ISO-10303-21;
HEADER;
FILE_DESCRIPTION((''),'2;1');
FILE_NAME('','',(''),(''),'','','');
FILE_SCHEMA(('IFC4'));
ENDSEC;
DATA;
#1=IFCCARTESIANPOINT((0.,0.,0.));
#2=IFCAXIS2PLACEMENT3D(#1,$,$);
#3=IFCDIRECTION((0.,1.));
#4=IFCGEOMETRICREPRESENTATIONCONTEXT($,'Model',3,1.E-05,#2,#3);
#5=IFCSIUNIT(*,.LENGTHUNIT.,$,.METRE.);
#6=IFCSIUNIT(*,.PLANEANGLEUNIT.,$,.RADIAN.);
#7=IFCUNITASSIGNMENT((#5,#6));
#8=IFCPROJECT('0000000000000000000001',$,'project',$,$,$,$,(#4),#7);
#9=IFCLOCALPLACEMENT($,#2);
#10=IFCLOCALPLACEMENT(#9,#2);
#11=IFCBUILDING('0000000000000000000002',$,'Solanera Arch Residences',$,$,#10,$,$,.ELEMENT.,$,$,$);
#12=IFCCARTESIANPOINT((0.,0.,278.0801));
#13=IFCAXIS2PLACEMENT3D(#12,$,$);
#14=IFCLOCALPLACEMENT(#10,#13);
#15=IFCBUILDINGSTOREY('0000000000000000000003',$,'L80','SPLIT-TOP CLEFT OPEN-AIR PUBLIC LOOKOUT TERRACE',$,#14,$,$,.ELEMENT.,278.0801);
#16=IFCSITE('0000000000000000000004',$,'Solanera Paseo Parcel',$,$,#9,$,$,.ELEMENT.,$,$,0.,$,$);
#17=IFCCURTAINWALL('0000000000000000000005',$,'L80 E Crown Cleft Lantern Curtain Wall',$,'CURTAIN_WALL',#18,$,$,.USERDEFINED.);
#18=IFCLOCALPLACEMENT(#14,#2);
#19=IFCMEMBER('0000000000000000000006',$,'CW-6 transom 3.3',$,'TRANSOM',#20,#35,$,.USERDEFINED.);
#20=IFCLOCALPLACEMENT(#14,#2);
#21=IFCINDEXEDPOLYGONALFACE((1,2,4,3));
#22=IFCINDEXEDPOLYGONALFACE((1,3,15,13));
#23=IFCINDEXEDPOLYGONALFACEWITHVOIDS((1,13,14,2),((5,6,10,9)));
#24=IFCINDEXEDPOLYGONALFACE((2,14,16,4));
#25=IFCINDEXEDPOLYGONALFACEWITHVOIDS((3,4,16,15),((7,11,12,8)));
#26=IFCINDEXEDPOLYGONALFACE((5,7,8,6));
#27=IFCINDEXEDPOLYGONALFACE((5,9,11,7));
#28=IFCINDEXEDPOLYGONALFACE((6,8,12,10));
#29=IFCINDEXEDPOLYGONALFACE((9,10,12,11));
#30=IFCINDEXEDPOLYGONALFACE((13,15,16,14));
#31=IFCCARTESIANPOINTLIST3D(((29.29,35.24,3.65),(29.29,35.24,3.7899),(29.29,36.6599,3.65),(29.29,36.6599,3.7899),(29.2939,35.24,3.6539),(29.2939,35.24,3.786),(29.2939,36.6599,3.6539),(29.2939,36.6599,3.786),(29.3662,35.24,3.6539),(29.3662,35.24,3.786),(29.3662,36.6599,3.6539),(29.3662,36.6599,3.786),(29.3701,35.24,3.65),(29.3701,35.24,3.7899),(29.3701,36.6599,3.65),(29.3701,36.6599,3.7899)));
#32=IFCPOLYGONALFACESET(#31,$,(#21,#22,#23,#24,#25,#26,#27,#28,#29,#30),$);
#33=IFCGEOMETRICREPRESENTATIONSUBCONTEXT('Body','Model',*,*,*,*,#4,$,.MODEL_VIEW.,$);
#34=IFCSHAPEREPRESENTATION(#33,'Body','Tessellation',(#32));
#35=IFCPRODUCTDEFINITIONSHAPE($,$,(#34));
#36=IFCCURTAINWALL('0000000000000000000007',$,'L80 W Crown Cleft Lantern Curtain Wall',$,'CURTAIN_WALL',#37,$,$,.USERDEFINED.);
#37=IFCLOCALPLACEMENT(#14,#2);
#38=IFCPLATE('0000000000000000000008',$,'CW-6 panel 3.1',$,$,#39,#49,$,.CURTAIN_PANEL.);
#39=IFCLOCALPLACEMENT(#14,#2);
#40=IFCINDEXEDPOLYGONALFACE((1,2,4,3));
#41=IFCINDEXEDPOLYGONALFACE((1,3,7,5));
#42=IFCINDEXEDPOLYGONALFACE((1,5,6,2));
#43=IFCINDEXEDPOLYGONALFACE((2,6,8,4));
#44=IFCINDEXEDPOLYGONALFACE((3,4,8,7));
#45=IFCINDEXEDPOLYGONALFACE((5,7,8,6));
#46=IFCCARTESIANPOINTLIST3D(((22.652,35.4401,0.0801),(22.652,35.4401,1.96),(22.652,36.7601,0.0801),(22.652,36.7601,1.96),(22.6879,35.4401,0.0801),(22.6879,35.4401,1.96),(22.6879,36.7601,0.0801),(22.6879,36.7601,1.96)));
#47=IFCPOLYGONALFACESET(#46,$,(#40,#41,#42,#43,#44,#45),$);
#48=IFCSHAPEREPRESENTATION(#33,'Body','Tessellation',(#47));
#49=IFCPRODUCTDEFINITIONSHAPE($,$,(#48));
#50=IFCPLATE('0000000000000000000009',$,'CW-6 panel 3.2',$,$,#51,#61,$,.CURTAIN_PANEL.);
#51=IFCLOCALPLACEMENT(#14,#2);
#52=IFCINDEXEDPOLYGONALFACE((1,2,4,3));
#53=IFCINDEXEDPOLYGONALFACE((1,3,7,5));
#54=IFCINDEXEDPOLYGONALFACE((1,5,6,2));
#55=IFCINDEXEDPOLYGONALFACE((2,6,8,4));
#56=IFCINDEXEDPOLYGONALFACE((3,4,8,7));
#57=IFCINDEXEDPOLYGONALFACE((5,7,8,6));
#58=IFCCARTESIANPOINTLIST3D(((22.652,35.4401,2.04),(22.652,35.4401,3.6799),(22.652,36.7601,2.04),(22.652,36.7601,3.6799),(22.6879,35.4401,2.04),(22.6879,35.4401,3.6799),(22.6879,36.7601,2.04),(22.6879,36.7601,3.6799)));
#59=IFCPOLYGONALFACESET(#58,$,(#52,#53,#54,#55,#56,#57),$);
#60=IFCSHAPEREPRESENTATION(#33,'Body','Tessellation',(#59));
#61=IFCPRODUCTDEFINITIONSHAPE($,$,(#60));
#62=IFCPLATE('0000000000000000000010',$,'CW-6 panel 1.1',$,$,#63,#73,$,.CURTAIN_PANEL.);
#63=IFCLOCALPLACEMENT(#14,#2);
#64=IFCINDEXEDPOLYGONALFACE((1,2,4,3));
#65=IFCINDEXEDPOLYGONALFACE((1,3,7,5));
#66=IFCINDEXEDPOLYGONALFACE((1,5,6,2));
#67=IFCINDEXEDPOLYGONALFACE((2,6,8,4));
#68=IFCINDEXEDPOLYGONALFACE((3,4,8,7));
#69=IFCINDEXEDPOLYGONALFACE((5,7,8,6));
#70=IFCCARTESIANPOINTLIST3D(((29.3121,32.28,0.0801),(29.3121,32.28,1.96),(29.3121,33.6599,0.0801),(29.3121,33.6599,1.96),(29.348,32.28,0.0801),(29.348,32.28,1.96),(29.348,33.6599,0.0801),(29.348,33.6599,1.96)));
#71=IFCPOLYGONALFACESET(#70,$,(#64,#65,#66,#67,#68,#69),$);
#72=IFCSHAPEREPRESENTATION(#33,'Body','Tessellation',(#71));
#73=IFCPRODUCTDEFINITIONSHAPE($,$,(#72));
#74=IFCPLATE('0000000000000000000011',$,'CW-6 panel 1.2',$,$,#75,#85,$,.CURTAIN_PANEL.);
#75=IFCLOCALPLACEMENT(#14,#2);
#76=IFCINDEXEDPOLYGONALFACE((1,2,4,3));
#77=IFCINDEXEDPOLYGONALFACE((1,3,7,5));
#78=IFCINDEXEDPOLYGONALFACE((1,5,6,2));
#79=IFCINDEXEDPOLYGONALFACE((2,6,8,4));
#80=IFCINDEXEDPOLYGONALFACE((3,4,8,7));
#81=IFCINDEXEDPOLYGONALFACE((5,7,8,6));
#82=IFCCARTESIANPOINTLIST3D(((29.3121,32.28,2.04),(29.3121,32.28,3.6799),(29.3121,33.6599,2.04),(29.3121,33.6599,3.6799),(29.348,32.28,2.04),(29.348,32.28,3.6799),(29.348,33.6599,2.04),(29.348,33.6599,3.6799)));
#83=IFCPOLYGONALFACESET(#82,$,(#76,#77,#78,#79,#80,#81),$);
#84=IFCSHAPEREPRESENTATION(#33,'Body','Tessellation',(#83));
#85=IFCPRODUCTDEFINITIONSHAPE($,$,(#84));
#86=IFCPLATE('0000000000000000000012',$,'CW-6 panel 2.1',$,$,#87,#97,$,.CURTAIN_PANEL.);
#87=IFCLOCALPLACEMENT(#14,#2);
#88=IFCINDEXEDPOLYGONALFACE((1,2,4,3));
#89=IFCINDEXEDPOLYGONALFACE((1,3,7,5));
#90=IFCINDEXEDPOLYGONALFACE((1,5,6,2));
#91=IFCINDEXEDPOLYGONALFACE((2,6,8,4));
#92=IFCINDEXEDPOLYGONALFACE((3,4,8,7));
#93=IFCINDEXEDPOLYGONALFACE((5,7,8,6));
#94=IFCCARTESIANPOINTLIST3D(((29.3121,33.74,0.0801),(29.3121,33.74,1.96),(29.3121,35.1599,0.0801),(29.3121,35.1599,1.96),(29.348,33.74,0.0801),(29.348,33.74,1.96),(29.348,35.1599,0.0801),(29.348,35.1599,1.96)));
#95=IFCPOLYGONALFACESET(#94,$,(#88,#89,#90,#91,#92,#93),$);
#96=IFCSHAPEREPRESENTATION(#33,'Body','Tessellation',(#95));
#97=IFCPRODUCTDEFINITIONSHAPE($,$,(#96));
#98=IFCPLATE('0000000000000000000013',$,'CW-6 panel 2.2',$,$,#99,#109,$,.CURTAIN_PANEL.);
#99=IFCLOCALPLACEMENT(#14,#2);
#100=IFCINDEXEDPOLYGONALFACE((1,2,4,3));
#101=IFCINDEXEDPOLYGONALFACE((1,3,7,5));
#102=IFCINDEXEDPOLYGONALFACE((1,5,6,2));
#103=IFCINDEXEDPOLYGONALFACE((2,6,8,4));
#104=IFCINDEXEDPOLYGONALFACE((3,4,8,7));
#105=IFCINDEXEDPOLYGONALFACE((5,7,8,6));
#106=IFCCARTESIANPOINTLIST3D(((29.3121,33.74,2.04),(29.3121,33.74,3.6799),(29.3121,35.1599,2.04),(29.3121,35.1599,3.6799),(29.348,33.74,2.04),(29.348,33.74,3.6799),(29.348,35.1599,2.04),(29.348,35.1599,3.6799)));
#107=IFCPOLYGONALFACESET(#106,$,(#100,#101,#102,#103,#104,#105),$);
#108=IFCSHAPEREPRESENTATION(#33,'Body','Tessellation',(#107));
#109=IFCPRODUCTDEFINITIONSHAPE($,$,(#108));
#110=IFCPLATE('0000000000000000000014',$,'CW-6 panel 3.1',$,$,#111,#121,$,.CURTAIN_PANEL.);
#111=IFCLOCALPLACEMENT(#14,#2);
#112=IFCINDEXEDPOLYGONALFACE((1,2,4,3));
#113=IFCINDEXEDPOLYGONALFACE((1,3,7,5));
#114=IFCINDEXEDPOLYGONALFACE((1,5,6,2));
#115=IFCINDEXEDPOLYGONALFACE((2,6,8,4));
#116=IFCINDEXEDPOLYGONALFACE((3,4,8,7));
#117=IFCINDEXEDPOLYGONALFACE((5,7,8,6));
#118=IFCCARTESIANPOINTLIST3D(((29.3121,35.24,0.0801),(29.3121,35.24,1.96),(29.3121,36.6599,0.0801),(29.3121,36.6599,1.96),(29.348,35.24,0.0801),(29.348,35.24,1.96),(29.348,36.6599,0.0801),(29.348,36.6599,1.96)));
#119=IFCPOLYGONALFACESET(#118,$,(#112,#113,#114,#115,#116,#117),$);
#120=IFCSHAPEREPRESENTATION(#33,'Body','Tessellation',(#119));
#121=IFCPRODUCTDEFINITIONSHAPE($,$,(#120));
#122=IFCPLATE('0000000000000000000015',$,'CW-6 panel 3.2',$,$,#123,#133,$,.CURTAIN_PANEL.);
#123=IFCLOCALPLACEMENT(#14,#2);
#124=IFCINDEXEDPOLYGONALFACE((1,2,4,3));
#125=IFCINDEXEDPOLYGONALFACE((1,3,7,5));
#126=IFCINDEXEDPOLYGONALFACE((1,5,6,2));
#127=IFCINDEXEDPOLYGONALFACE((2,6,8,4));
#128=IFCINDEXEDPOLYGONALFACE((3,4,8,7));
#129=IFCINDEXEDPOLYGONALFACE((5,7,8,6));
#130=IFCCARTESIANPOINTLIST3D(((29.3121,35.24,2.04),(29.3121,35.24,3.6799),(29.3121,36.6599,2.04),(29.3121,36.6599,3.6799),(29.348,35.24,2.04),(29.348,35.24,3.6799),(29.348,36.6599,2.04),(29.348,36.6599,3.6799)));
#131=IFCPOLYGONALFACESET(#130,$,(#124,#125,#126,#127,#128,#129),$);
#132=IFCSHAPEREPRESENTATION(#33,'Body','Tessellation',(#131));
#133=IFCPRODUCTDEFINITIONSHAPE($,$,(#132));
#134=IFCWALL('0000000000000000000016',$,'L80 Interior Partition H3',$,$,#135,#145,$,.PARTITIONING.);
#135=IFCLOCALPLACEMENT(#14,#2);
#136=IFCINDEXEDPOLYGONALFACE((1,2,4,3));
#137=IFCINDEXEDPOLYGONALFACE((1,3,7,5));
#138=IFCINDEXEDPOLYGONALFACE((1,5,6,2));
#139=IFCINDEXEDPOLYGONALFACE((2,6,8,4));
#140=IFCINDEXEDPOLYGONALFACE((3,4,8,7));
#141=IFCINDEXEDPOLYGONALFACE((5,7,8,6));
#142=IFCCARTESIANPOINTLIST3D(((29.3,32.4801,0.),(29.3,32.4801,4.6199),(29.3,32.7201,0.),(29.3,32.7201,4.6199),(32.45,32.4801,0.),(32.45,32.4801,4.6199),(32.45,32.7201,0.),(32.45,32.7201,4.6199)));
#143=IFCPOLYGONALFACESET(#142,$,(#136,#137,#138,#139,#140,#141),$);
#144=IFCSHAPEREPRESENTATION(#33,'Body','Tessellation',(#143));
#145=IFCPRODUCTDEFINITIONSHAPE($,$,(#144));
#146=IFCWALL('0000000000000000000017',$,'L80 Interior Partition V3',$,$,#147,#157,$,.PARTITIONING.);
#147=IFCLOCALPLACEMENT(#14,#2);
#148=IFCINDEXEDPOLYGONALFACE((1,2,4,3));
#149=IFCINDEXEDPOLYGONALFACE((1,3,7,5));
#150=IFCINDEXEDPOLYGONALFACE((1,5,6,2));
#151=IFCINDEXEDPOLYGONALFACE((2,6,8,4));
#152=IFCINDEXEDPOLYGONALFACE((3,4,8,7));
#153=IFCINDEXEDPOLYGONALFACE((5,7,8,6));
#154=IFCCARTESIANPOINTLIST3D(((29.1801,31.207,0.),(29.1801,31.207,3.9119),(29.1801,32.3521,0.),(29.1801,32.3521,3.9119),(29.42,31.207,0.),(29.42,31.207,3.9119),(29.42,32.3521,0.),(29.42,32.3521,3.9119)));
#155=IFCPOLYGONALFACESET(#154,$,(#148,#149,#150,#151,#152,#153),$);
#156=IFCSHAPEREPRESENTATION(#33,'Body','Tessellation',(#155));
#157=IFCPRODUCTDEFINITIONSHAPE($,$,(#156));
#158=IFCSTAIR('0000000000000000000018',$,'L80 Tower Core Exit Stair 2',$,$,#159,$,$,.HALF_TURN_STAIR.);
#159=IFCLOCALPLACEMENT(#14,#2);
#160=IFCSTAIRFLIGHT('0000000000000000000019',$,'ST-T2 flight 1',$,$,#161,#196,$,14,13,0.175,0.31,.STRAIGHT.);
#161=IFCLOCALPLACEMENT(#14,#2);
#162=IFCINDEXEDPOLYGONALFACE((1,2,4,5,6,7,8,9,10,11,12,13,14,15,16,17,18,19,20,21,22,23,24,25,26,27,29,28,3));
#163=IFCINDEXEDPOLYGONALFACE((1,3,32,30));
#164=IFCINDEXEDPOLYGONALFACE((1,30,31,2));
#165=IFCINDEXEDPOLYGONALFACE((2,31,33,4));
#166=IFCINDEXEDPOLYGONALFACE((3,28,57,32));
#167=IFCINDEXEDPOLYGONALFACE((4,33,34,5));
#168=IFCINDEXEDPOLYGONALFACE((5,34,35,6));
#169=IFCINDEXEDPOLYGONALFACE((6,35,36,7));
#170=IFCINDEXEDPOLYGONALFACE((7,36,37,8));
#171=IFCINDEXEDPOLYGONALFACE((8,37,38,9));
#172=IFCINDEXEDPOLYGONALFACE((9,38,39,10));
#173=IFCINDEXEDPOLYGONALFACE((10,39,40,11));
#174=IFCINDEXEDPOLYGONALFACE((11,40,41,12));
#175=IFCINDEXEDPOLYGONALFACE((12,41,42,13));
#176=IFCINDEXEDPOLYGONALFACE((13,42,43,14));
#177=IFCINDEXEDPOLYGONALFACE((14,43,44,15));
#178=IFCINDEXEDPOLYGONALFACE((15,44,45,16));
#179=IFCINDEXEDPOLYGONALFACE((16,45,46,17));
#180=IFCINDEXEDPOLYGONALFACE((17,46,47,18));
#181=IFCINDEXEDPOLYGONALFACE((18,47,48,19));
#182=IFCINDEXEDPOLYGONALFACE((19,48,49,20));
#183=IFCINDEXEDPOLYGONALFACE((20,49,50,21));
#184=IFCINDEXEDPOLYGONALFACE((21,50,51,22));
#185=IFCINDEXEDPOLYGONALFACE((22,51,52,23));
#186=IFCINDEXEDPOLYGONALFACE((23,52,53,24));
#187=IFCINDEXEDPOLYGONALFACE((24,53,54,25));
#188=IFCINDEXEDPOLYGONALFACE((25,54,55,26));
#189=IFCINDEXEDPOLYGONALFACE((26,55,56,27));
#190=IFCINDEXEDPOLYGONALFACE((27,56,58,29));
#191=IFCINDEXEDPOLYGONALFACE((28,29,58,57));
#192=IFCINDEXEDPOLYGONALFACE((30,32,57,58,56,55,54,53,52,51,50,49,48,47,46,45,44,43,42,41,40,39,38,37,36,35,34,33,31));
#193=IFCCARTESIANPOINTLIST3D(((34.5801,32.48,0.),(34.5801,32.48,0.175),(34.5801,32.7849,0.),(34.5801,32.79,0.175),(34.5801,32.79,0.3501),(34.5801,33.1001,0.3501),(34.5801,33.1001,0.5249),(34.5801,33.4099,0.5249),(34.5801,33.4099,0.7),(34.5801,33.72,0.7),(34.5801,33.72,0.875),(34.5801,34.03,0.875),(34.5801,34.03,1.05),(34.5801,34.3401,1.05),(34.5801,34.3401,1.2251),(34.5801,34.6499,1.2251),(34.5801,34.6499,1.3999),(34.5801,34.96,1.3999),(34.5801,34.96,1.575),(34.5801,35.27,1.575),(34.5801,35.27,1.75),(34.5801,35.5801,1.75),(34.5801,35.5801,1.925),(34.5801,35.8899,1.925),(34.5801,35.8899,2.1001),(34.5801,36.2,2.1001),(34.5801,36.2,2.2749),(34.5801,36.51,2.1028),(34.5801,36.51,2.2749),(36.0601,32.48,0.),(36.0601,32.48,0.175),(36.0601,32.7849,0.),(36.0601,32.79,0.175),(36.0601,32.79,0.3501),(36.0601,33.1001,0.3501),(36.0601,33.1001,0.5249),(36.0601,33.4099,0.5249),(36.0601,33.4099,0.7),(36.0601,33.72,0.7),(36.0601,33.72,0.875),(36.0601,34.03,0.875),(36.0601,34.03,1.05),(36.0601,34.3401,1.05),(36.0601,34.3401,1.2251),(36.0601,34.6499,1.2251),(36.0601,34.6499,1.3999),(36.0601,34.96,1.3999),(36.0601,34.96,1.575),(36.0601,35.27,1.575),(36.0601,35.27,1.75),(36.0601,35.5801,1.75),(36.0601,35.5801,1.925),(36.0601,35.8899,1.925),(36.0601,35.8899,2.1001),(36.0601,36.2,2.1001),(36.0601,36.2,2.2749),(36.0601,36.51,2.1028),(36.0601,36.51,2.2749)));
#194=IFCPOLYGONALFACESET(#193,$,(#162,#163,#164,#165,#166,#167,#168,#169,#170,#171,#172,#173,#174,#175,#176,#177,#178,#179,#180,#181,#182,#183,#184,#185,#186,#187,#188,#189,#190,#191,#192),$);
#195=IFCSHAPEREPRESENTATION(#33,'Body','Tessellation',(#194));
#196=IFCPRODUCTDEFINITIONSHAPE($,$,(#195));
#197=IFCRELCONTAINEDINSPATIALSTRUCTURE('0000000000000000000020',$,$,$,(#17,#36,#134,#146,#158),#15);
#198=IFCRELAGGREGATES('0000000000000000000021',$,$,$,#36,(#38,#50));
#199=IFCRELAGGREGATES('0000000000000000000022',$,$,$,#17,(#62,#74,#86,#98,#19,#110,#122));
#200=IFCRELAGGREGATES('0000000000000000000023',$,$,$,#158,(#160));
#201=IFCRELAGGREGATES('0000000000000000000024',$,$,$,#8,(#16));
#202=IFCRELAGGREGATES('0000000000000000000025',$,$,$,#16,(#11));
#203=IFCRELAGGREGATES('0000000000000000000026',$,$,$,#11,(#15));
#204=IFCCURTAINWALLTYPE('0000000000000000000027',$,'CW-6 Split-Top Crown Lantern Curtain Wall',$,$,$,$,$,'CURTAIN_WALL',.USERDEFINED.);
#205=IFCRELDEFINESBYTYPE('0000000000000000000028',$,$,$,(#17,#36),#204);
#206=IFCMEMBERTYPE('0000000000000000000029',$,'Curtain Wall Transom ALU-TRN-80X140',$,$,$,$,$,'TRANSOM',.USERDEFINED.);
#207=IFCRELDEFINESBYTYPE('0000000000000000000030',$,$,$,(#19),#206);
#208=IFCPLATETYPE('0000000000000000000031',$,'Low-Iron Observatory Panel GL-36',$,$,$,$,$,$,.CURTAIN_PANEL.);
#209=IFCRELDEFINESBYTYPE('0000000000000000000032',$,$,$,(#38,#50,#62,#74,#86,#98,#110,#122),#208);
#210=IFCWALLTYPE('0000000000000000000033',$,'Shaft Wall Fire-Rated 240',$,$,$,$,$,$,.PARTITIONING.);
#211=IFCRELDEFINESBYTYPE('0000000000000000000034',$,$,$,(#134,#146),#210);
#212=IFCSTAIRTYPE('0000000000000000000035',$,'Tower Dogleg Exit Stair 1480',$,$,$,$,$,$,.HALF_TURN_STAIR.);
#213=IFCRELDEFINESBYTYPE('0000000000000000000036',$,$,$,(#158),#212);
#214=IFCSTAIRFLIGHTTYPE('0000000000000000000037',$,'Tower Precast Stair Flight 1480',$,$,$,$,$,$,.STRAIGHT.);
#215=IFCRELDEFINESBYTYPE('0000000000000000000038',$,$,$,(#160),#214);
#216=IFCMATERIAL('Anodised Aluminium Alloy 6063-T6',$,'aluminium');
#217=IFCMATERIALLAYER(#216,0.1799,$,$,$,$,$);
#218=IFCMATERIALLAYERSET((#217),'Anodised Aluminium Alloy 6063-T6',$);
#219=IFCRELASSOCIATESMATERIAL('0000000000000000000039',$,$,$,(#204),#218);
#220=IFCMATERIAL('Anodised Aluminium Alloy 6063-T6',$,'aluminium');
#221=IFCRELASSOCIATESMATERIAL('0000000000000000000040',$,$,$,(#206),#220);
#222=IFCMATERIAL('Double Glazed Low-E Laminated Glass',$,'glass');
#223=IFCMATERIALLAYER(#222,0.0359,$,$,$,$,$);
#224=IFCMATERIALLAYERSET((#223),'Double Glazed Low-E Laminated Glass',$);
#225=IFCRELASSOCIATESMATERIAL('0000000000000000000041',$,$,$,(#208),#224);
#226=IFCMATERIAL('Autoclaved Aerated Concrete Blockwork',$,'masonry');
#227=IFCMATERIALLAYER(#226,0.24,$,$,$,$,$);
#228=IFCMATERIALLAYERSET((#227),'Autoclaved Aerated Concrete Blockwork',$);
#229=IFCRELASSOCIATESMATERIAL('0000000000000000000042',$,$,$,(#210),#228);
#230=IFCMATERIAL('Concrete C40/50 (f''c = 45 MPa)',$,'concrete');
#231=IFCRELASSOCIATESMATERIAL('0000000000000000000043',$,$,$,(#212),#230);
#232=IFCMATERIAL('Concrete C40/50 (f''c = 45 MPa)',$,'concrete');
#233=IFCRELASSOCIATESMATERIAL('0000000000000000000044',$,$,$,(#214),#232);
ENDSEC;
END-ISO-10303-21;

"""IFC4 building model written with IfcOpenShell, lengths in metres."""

from ifc_helpers import new_model, si_unit, direction, frame, frame_2d, origin, origin_2d, place, context, subcontext, project, spatial, polyline, rectangle, hollow_rectangle, outline, extrude, material, layer, layer_set, material_profile, profile_set, type_object, element, aggregate, save


model = new_model("IFC4")

# Units and contexts
model_context = context("Model", 3, precision=1e-05, world=origin(), true_north=direction((0.0, 1.0)))
body_context = subcontext(model_context, "Body", "Model", "MODEL_VIEW")
ifc_project = project(units=[si_unit("LENGTHUNIT", "METRE"), si_unit("PLANEANGLEUNIT", "RADIAN")], contexts=[model_context])

# Site, building, storey
site_placement = place(None, origin())
site = spatial("IfcSite", under=ifc_project, at=site_placement, Name="Solanera Paseo Parcel", CompositionType="ELEMENT", RefElevation=0.0)
building_placement = place(site_placement, origin())
building = spatial("IfcBuilding", under=site, at=building_placement, Name="Solanera Arch Residences", CompositionType="ELEMENT")
storey_placement = place(building_placement, frame((0.0, 0.0, 278.0801)))
storey = spatial("IfcBuildingStorey", under=building, at=storey_placement, Name="L80", Description="SPLIT-TOP CLEFT OPEN-AIR PUBLIC LOOKOUT TERRACE", CompositionType="ELEMENT", Elevation=278.0801)

# Curtain wall, member
ifc_material_1 = material(Name="Anodised Aluminium Alloy 6063-T6", Category="aluminium")
ifc_layer_1 = layer(ifc_material_1, 0.1799)
ifc_layer_set_1 = layer_set([ifc_layer_1], Name="Anodised Aluminium Alloy 6063-T6")
curtain_wall_type = type_object("IfcCurtainWallType", Name="CW-6 Split-Top Crown Lantern Curtain Wall", ElementType="CURTAIN_WALL", PredefinedType="USERDEFINED", material=ifc_layer_set_1)
curtain_wall_1_placement = place(storey_placement, origin())
curtain_wall_1 = element("IfcCurtainWall", 1, at=curtain_wall_1_placement, inside=storey, type_object=curtain_wall_type, Name="L80 E Crown Cleft Lantern Curtain Wall", ObjectType="CURTAIN_WALL", PredefinedType="USERDEFINED")
ifc_material_2 = material(Name="Anodised Aluminium Alloy 6063-T6", Category="aluminium")
ifc_material_profile_1 = material_profile(ifc_material_2, hollow_rectangle(XDim=0.0801, YDim=0.1399, WallThickness=0.0039, at=origin_2d()))
ifc_profile_set_1 = profile_set([ifc_material_profile_1], Name="Anodised Aluminium Alloy 6063-T6")
member_type_1 = type_object("IfcMemberType", Name="Curtain Wall Transom ALU-TRN-80X140", ElementType="TRANSOM", PredefinedType="USERDEFINED", material=ifc_profile_set_1)
member_1_placement = place(storey_placement, frame((29.3301, 35.24, 3.72), z_axis=(0.0, 1.0, 0.0), x_axis=(-1.0, 0.0, 0.0)))
member_1 = element("IfcMember", 2, at=member_1_placement, type_object=member_type_1, Name="CW-6 transom 3.3", ObjectType="TRANSOM", PredefinedType="USERDEFINED", context=body_context, shape_type="SweptSolid", body=[
    extrude(hollow_rectangle(XDim=0.0801, YDim=0.1399, WallThickness=0.0039, at=origin_2d()), origin(), (0.0, 0.0, 1.0), 1.4199),
])

# Curtain wall, plates
curtain_wall_2_placement = place(storey_placement, origin())
curtain_wall_2 = element("IfcCurtainWall", 3, at=curtain_wall_2_placement, inside=storey, type_object=curtain_wall_type, Name="L80 W Crown Cleft Lantern Curtain Wall", ObjectType="CURTAIN_WALL", PredefinedType="USERDEFINED")
ifc_material_3 = material(Name="Double Glazed Low-E Laminated Glass", Category="glass")
ifc_layer_2 = layer(ifc_material_3, 0.0359)
ifc_layer_set_2 = layer_set([ifc_layer_2], Name="Double Glazed Low-E Laminated Glass")
plate_type = type_object("IfcPlateType", Name="Low-Iron Observatory Panel GL-36", PredefinedType="CURTAIN_PANEL", material=ifc_layer_set_2)
plate_1_placement = place(storey_placement, frame((22.6699, 36.1001, 0.0801), z_axis=(0.0, 0.0, 1.0), x_axis=(0.0, 1.0, 0.0)))
plate_1 = element("IfcPlate", 4, at=plate_1_placement, type_object=plate_type, Name="CW-6 panel 3.1", PredefinedType="CURTAIN_PANEL", context=body_context, shape_type="SweptSolid", body=[
    extrude(rectangle(XDim=1.3201, YDim=0.0359, at=origin_2d()), origin(), (0.0, 0.0, 1.0), 1.8799),
])
plate_2_placement = place(storey_placement, frame((22.6699, 36.1001, 2.04), z_axis=(0.0, 0.0, 1.0), x_axis=(0.0, 1.0, 0.0)))
plate_2 = element("IfcPlate", 5, at=plate_2_placement, type_object=plate_type, Name="CW-6 panel 3.2", PredefinedType="CURTAIN_PANEL", context=body_context, shape_type="SweptSolid", body=[
    extrude(rectangle(XDim=1.3201, YDim=0.0359, at=origin_2d()), origin(), (0.0, 0.0, 1.0), 1.6399),
])
aggregate(curtain_wall_2, [plate_1, plate_2])

# Plates
plate_3_placement = place(storey_placement, frame((29.3301, 32.97, 0.0801), z_axis=(0.0, 0.0, 1.0), x_axis=(0.0, 1.0, 0.0)))
plate_3 = element("IfcPlate", 6, at=plate_3_placement, type_object=plate_type, Name="CW-6 panel 1.1", PredefinedType="CURTAIN_PANEL", context=body_context, shape_type="SweptSolid", body=[
    extrude(rectangle(XDim=1.3799, YDim=0.0359, at=origin_2d()), origin(), (0.0, 0.0, 1.0), 1.8799),
])
plate_4_placement = place(storey_placement, frame((29.3301, 32.97, 2.04), z_axis=(0.0, 0.0, 1.0), x_axis=(0.0, 1.0, 0.0)))
plate_4 = element("IfcPlate", 7, at=plate_4_placement, type_object=plate_type, Name="CW-6 panel 1.2", PredefinedType="CURTAIN_PANEL", context=body_context, shape_type="SweptSolid", body=[
    extrude(rectangle(XDim=1.3799, YDim=0.0359, at=origin_2d()), origin(), (0.0, 0.0, 1.0), 1.6399),
])
plate_5_placement = place(storey_placement, frame((29.3301, 34.45, 0.0801), z_axis=(0.0, 0.0, 1.0), x_axis=(0.0, 1.0, 0.0)))
plate_5 = element("IfcPlate", 8, at=plate_5_placement, type_object=plate_type, Name="CW-6 panel 2.1", PredefinedType="CURTAIN_PANEL", context=body_context, shape_type="SweptSolid", body=[
    extrude(rectangle(XDim=1.4199, YDim=0.0359, at=origin_2d()), origin(), (0.0, 0.0, 1.0), 1.8799),
])
plate_6_placement = place(storey_placement, frame((29.3301, 34.45, 2.04), z_axis=(0.0, 0.0, 1.0), x_axis=(0.0, 1.0, 0.0)))
plate_6 = element("IfcPlate", 9, at=plate_6_placement, type_object=plate_type, Name="CW-6 panel 2.2", PredefinedType="CURTAIN_PANEL", context=body_context, shape_type="SweptSolid", body=[
    extrude(rectangle(XDim=1.4199, YDim=0.0359, at=origin_2d()), origin(), (0.0, 0.0, 1.0), 1.6399),
])
plate_7_placement = place(storey_placement, frame((29.3301, 35.95, 0.0801), z_axis=(0.0, 0.0, 1.0), x_axis=(0.0, 1.0, 0.0)))
plate_7 = element("IfcPlate", 10, at=plate_7_placement, type_object=plate_type, Name="CW-6 panel 3.1", PredefinedType="CURTAIN_PANEL", context=body_context, shape_type="SweptSolid", body=[
    extrude(rectangle(XDim=1.4199, YDim=0.0359, at=origin_2d()), origin(), (0.0, 0.0, 1.0), 1.8799),
])
plate_8_placement = place(storey_placement, frame((29.3301, 35.95, 2.04), z_axis=(0.0, 0.0, 1.0), x_axis=(0.0, 1.0, 0.0)))
plate_8 = element("IfcPlate", 11, at=plate_8_placement, type_object=plate_type, Name="CW-6 panel 3.2", PredefinedType="CURTAIN_PANEL", context=body_context, shape_type="SweptSolid", body=[
    extrude(rectangle(XDim=1.4199, YDim=0.0359, at=origin_2d()), origin(), (0.0, 0.0, 1.0), 1.6399),
])
aggregate(curtain_wall_1, [plate_3, plate_4, plate_5, plate_6, member_1, plate_7, plate_8])

# Walls
ifc_material_4 = material(Name="Autoclaved Aerated Concrete Blockwork", Category="masonry")
ifc_layer_3 = layer(ifc_material_4, 0.24)
ifc_layer_set_3 = layer_set([ifc_layer_3], Name="Autoclaved Aerated Concrete Blockwork")
wall_type = type_object("IfcWallType", Name="Shaft Wall Fire-Rated 240", PredefinedType="PARTITIONING", material=ifc_layer_set_3)
wall_1_placement = place(storey_placement, frame((29.3, 32.6001, 0.0), z_axis=(0.0, 0.0, 1.0), x_axis=(1.0, 0.0, 0.0)))
element("IfcWall", 12, at=wall_1_placement, inside=storey, type_object=wall_type, Name="L80 Interior Partition H3", PredefinedType="PARTITIONING", context=body_context, shape_type="SweptSolid", body=[
    extrude(rectangle(XDim=3.1499, YDim=0.24, at=frame_2d((1.575, 0.0))), origin(), (0.0, 0.0, 1.0), 4.6199),
])
wall_2_placement = place(storey_placement, frame((29.3, 31.207, 0.0), z_axis=(0.0, 0.0, 1.0), x_axis=(0.0, 1.0, 0.0)))
element("IfcWall", 13, at=wall_2_placement, inside=storey, type_object=wall_type, Name="L80 Interior Partition V3", PredefinedType="PARTITIONING", context=body_context, shape_type="SweptSolid", body=[
    extrude(rectangle(XDim=1.145, YDim=0.24, at=frame_2d((0.5725, 0.0))), origin(), (0.0, 0.0, 1.0), 3.9119),
])

# Stair, stair flight
ifc_material_5 = material(Name="Concrete C40/50 (f'c = 45 MPa)", Category="concrete")
stair_type = type_object("IfcStairType", Name="Tower Dogleg Exit Stair 1480", PredefinedType="HALF_TURN_STAIR", material=ifc_material_5)
stair_placement = place(storey_placement, origin())
stair = element("IfcStair", 14, at=stair_placement, inside=storey, type_object=stair_type, Name="L80 Tower Core Exit Stair 2", PredefinedType="HALF_TURN_STAIR")
ifc_material_6 = material(Name="Concrete C40/50 (f'c = 45 MPa)", Category="concrete")
stair_flight_type = type_object("IfcStairFlightType", Name="Tower Precast Stair Flight 1480", PredefinedType="STRAIGHT", material=ifc_material_6)
stair_flight_placement = place(storey_placement, frame((35.3201, 32.48, 0.0), z_axis=(0.0, 0.0, 1.0), x_axis=(0.0, 1.0, 0.0)))
stair_flight = element("IfcStairFlight", 15, at=stair_flight_placement, type_object=stair_flight_type, Name="ST-T2 flight 1", NumberOfRisers=14, NumberOfTreads=13, PredefinedType="STRAIGHT", RiserHeight=0.175, TreadLength=0.31, context=body_context, shape_type="SweptSolid", body=[
    extrude(outline(polyline([(0.0, 0.0), (0.0, 0.175), (0.3101, 0.175), (0.3101, 0.3501), (0.6201, 0.3501), (0.6201, 0.5249), (0.9299, 0.5249), (0.9299, 0.7), (1.24, 0.7), (1.24, 0.875), (1.55, 0.875), (1.55, 1.05), (1.8601, 1.05), (1.8601, 1.2251), (2.1699, 1.2251), (2.1699, 1.3999), (2.48, 1.3999), (2.48, 1.575), (2.79, 1.575), (2.79, 1.75), (3.1001, 1.75), (3.1001, 1.925), (3.4099, 1.925), (3.4099, 2.1001), (3.72, 2.1001), (3.72, 2.2749), (4.03, 2.2749), (4.03, 2.45), (4.03, 2.1028), (0.3049, 0.0), (0.0, 0.0)])), frame((0.0, 0.74, 0.0), z_axis=(0.0, -1.0, 0.0), x_axis=(1.0, 0.0, 0.0)), (0.0, 0.0, 1.0), 1.48),
])
aggregate(stair, [stair_flight])

save(model, "model.ifc")
